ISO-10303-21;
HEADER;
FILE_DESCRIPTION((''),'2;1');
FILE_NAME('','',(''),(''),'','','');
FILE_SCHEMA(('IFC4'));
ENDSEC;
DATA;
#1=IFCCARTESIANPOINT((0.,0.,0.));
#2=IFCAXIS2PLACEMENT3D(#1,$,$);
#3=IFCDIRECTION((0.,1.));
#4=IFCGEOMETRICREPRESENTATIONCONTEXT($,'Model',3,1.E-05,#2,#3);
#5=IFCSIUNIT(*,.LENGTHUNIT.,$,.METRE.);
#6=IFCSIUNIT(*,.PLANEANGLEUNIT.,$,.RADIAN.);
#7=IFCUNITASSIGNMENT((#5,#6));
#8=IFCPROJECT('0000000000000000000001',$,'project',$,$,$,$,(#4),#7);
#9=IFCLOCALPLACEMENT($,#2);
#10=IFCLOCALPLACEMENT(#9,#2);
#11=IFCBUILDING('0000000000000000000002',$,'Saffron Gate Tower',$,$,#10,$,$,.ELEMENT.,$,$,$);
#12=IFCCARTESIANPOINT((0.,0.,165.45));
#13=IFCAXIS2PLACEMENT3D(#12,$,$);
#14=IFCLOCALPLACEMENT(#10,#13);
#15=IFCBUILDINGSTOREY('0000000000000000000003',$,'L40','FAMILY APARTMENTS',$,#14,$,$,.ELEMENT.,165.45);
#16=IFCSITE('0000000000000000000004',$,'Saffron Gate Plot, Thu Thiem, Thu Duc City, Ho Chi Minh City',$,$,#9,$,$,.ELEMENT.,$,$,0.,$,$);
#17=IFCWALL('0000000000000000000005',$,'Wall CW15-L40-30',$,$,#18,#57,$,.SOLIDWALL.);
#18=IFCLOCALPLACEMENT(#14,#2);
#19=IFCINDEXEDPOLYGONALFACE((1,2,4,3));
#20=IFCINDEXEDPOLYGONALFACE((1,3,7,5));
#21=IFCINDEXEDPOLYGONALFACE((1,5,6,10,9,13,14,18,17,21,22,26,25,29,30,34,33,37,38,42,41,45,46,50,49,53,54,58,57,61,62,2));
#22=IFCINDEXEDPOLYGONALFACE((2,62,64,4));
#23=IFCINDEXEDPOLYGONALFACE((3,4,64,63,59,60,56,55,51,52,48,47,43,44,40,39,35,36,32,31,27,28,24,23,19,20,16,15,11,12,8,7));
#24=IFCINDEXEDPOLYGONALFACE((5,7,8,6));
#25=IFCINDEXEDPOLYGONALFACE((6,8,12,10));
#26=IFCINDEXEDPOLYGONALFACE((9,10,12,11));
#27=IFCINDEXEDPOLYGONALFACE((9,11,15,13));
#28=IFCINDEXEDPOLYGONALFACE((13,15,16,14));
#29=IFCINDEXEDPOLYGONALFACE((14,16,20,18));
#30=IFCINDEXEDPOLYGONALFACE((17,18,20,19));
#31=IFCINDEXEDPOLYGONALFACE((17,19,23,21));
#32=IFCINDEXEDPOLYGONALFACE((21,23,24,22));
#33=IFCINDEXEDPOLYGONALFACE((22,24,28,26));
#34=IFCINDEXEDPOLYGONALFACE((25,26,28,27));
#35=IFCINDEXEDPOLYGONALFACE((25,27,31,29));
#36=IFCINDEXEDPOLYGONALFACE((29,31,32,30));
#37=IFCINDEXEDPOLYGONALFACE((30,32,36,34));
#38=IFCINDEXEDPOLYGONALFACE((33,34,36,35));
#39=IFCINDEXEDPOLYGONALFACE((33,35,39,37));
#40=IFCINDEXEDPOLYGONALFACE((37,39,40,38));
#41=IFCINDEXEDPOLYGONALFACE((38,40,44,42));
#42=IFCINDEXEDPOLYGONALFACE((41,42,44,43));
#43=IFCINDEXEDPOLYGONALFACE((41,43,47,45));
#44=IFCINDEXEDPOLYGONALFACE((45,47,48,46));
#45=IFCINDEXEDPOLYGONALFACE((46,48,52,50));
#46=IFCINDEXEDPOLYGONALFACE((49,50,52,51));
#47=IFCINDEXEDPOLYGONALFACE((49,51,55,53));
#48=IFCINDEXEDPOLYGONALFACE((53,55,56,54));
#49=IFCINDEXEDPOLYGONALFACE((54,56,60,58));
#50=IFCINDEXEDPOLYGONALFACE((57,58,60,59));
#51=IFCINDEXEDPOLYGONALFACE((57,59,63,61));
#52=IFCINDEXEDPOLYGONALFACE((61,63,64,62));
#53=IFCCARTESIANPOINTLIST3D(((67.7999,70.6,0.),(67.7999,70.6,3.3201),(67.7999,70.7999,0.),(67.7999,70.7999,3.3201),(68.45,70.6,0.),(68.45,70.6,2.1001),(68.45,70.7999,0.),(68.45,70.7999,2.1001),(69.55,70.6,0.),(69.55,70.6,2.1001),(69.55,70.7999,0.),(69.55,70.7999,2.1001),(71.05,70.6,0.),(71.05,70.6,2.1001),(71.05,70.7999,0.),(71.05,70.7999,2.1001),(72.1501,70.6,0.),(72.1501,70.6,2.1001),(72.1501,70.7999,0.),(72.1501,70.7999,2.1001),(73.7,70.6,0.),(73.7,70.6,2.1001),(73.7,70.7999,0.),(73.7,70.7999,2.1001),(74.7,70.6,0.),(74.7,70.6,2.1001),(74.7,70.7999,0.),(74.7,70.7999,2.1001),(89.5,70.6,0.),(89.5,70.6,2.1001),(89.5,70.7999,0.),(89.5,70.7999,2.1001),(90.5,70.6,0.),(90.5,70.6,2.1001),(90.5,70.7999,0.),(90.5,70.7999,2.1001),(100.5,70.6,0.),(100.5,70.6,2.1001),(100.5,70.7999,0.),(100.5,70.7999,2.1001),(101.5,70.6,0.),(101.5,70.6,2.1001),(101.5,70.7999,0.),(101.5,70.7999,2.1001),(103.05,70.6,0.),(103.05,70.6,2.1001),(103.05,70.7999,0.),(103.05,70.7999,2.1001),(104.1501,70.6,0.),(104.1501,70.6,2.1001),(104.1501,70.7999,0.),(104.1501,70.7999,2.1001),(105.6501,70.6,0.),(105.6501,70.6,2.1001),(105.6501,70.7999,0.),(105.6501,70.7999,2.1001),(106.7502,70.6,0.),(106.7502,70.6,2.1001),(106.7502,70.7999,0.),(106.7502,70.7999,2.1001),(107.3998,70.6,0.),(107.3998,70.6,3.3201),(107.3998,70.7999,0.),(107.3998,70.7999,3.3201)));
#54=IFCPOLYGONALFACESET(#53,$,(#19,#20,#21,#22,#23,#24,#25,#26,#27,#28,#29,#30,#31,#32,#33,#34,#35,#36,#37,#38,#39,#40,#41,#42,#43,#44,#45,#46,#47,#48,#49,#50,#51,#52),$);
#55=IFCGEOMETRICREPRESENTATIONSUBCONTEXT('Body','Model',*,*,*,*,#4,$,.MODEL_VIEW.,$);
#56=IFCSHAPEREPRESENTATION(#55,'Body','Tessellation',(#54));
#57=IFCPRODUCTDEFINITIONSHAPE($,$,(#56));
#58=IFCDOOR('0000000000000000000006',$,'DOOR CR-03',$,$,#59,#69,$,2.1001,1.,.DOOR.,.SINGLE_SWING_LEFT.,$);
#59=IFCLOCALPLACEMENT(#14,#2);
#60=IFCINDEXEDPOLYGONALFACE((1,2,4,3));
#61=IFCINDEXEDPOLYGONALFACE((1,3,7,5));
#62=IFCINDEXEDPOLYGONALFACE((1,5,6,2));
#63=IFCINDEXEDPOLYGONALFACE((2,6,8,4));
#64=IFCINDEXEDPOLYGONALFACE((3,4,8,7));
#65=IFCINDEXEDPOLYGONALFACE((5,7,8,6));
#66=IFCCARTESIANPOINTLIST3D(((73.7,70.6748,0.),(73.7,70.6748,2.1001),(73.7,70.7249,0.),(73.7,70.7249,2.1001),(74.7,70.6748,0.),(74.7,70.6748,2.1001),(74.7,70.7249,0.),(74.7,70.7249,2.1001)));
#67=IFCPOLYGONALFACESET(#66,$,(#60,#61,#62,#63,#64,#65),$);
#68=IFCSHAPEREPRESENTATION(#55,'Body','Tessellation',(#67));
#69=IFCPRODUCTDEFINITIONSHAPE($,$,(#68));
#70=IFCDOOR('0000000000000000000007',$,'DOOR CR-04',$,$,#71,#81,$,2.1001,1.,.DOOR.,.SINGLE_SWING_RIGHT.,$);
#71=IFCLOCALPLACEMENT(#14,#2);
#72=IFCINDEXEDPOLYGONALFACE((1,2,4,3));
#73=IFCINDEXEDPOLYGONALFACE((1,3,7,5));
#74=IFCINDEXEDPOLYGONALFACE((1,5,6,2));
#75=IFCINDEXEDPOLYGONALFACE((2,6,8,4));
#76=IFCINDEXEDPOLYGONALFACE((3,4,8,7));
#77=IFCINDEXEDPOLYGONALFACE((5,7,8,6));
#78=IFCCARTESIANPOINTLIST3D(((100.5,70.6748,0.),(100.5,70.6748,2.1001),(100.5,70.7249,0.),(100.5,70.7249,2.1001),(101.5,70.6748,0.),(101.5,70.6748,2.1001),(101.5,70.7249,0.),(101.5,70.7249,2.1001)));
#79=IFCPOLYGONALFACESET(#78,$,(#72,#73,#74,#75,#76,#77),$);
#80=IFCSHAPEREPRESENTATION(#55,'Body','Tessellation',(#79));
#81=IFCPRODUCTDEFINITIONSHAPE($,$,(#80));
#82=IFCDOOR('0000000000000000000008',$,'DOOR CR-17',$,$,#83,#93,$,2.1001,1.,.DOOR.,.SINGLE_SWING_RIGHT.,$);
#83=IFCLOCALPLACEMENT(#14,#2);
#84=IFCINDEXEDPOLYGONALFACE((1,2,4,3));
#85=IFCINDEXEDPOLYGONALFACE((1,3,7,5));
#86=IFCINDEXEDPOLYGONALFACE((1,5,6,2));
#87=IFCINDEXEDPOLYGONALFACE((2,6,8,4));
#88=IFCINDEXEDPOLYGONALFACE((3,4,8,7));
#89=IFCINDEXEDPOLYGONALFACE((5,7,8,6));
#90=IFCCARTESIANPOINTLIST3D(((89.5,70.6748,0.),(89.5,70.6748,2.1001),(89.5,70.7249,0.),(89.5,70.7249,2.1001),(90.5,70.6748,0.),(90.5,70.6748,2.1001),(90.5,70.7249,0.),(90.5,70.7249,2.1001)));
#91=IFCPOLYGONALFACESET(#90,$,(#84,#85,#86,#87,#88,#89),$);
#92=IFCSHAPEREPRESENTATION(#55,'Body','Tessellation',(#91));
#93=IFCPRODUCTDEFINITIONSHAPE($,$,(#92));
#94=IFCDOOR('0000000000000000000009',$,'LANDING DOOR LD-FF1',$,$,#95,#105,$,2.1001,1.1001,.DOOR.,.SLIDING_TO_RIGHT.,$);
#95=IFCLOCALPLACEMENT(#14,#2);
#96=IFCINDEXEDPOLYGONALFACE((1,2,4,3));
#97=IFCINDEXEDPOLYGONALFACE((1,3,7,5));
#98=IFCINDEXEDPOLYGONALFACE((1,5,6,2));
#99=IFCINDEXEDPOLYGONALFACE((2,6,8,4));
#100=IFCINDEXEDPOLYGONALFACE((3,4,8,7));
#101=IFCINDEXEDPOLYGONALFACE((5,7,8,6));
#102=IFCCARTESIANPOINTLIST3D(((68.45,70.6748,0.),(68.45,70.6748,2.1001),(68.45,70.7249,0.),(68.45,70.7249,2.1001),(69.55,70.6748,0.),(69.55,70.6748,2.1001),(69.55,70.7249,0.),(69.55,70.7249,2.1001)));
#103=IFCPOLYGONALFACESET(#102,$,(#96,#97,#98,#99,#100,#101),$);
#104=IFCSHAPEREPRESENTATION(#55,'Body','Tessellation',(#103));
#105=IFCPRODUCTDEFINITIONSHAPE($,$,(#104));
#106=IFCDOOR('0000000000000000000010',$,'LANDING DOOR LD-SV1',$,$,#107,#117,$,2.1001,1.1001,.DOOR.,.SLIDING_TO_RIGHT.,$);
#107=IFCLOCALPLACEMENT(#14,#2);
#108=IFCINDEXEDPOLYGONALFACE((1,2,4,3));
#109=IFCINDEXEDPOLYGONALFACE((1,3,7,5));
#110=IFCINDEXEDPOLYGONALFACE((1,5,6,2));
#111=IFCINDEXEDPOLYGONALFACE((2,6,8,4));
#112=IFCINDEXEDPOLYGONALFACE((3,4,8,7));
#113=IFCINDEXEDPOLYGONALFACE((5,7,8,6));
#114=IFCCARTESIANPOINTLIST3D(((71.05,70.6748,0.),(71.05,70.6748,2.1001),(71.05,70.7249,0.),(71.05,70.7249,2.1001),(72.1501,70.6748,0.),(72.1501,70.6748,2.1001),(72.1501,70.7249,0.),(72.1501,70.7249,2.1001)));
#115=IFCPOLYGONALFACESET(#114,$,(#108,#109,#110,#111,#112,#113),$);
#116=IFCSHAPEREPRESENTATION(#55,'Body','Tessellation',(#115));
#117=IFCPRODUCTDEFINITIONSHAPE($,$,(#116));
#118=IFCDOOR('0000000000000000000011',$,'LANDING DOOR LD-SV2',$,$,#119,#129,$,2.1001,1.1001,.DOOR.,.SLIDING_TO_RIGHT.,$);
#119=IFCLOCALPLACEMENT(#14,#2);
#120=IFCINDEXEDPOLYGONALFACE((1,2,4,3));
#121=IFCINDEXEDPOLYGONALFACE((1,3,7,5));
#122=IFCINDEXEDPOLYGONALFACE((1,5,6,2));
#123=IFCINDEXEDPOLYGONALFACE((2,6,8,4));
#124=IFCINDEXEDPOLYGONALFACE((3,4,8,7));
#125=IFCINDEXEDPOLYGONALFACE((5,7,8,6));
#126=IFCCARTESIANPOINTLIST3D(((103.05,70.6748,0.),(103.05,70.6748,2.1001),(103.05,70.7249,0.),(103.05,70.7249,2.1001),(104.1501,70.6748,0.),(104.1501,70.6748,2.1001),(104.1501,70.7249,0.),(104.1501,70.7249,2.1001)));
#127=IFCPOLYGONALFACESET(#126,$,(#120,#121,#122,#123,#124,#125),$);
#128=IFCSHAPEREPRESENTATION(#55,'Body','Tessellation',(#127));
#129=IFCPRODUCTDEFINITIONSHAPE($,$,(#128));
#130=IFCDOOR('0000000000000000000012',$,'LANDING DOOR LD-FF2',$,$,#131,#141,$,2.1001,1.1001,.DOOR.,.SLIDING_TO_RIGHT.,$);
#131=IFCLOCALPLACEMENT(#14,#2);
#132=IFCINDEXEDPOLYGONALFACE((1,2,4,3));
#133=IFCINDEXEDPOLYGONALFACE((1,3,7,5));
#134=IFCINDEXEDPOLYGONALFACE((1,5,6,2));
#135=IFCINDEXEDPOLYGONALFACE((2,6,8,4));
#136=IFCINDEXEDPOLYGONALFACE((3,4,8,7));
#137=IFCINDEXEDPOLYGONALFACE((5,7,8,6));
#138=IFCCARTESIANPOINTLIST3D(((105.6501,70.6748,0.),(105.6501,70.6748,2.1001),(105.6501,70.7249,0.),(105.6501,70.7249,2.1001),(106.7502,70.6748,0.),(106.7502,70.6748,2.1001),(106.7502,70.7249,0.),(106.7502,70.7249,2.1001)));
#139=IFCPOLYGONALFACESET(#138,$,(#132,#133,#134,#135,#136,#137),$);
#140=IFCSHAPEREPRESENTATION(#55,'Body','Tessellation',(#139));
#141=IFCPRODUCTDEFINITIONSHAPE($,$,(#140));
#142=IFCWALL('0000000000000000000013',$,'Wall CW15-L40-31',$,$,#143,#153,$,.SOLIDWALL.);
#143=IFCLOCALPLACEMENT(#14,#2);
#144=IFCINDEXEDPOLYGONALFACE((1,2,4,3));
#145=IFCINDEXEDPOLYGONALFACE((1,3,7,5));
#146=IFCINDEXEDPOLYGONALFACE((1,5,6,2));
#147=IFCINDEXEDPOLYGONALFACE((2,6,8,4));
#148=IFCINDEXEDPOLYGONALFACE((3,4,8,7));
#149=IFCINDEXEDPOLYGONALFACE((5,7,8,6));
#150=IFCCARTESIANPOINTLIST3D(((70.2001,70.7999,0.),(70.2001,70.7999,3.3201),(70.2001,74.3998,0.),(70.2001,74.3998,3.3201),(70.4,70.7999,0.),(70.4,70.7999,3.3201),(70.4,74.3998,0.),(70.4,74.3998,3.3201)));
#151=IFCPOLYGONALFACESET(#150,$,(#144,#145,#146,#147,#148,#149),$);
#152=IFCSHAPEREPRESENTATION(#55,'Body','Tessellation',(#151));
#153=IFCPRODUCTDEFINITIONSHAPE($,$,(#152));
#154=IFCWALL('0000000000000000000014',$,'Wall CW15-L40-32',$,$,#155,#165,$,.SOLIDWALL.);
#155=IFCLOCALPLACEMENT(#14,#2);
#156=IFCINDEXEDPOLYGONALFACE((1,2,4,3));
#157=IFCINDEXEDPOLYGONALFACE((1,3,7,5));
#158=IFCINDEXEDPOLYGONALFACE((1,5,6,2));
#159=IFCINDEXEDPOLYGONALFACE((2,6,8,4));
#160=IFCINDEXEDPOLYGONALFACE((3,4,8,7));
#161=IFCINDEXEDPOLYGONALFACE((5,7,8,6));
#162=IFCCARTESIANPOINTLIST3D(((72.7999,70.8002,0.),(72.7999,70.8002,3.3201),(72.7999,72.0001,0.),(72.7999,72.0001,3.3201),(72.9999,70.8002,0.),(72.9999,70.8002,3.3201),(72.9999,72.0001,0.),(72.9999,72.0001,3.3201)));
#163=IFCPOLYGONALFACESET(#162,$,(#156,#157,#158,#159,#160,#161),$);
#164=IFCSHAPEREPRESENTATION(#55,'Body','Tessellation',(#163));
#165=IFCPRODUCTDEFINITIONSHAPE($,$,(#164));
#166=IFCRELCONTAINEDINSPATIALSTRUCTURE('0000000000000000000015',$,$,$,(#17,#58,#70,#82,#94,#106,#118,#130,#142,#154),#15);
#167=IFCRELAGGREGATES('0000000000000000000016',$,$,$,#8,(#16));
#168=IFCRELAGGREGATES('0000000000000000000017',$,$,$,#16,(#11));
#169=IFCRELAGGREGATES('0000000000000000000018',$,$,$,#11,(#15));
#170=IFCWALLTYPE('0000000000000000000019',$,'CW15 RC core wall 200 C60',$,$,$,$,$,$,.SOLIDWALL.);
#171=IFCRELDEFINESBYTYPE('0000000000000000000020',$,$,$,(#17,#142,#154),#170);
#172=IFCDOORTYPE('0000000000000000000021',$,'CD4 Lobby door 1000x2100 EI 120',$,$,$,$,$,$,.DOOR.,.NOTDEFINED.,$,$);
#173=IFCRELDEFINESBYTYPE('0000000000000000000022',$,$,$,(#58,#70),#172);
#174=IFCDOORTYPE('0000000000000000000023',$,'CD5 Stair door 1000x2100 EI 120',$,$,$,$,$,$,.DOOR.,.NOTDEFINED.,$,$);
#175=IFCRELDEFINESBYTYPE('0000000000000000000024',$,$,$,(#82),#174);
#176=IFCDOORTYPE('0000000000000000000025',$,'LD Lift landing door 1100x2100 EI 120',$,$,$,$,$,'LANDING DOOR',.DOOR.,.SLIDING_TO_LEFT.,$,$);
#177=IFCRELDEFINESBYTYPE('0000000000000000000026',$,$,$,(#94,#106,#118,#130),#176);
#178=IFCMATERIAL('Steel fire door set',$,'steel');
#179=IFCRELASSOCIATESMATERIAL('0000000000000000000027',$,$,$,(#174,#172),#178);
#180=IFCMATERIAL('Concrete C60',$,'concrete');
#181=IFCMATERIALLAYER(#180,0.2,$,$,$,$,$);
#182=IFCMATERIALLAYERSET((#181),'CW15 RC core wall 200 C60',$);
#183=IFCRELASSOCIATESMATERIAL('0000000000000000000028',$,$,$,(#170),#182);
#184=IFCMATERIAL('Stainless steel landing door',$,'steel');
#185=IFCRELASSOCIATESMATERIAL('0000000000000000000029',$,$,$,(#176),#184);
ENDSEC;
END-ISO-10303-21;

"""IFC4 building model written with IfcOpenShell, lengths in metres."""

from ifc_helpers import new_model, si_unit, direction, frame, frame_2d, origin, place, context, subcontext, project, spatial, rectangle, extrude, material, layer, layer_set, type_object, element, fill, save


model = new_model("IFC4")

# Units and contexts
model_context = context("Model", 3, precision=1e-05, world=origin(), true_north=direction((0.0, 1.0)))
body_context = subcontext(model_context, "Body", "Model", "MODEL_VIEW")
ifc_project = project(units=[si_unit("LENGTHUNIT", "METRE"), si_unit("PLANEANGLEUNIT", "RADIAN")], contexts=[model_context])

# Site, building, storey
site_placement = place(None, origin())
site = spatial("IfcSite", under=ifc_project, at=site_placement, Name="Saffron Gate Plot, Thu Thiem, Thu Duc City, Ho Chi Minh City", CompositionType="ELEMENT", RefElevation=0.0)
building_placement = place(site_placement, origin())
building = spatial("IfcBuilding", under=site, at=building_placement, Name="Saffron Gate Tower", CompositionType="ELEMENT")
storey_placement = place(building_placement, frame((0.0, 0.0, 165.45)))
storey = spatial("IfcBuildingStorey", under=building, at=storey_placement, Name="L40", Description="FAMILY APARTMENTS", CompositionType="ELEMENT", Elevation=165.45)

# Wall, openings, doors
ifc_material_1 = material(Name="Concrete C60", Category="concrete")
ifc_material_2 = material(Name="Steel fire door set", Category="steel")
door_type_1 = type_object("IfcDoorType", Name="CD5 Stair door 1000x2100 EI 120", OperationType="NOTDEFINED", PredefinedType="DOOR", material=ifc_material_2)
ifc_layer_1 = layer(ifc_material_1, 0.2)
ifc_layer_set_1 = layer_set([ifc_layer_1], Name="CW15 RC core wall 200 C60")
wall_type_1 = type_object("IfcWallType", Name="CW15 RC core wall 200 C60", PredefinedType="SOLIDWALL", material=ifc_layer_set_1)
wall_1_placement = place(storey_placement, frame((67.8, 70.7, 0.0), z_axis=(0.0, 0.0, 1.0), x_axis=(1.0, 0.0, 0.0)))
wall_1 = element("IfcWall", 1, at=wall_1_placement, inside=storey, type_object=wall_type_1, Name="Wall CW15-L40-30", PredefinedType="SOLIDWALL", context=body_context, shape_type="SweptSolid", body=[
    extrude(rectangle(XDim=39.5999, YDim=0.2, at=frame_2d((19.7998, 0.0))), origin(), (0.0, 0.0, 1.0), 3.3201),
])
opening_1_placement = place(wall_1_placement, frame((0.6499, 0.0, 0.0)))
opening_1 = element("IfcOpeningElement", 2, at=opening_1_placement, cuts=wall_1, PredefinedType="OPENING", context=body_context, shape_type="SweptSolid", body=[
    extrude(rectangle(XDim=1.1001, YDim=2.1001, at=frame_2d((0.55, 1.05))), frame((0.0, 0.1099, 0.0), z_axis=(0.0, -1.0, 0.0), x_axis=(1.0, 0.0, 0.0)), (0.0, 0.0, 1.0), 0.22),
])
opening_2_placement = place(wall_1_placement, frame((3.25, 0.0, 0.0)))
opening_2 = element("IfcOpeningElement", 3, at=opening_2_placement, cuts=wall_1, PredefinedType="OPENING", context=body_context, shape_type="SweptSolid", body=[
    extrude(rectangle(XDim=1.1001, YDim=2.1001, at=frame_2d((0.55, 1.05))), frame((0.0, 0.1099, 0.0), z_axis=(0.0, -1.0, 0.0), x_axis=(1.0, 0.0, 0.0)), (0.0, 0.0, 1.0), 0.22),
])
opening_3_placement = place(wall_1_placement, frame((5.8999, 0.0, 0.0)))
opening_3 = element("IfcOpeningElement", 4, at=opening_3_placement, cuts=wall_1, PredefinedType="OPENING", context=body_context, shape_type="SweptSolid", body=[
    extrude(rectangle(XDim=1.0, YDim=2.1001, at=frame_2d((0.5, 1.05))), frame((0.0, 0.1099, 0.0), z_axis=(0.0, -1.0, 0.0), x_axis=(1.0, 0.0, 0.0)), (0.0, 0.0, 1.0), 0.22),
])
opening_4_placement = place(wall_1_placement, frame((21.7, 0.0, 0.0)))
opening_4 = element("IfcOpeningElement", 5, at=opening_4_placement, cuts=wall_1, PredefinedType="OPENING", context=body_context, shape_type="SweptSolid", body=[
    extrude(rectangle(XDim=1.0, YDim=2.1001, at=frame_2d((0.5, 1.05))), frame((0.0, 0.1099, 0.0), z_axis=(0.0, -1.0, 0.0), x_axis=(1.0, 0.0, 0.0)), (0.0, 0.0, 1.0), 0.22),
])
opening_5_placement = place(wall_1_placement, frame((32.7, 0.0, 0.0)))
opening_5 = element("IfcOpeningElement", 6, at=opening_5_placement, cuts=wall_1, PredefinedType="OPENING", context=body_context, shape_type="SweptSolid", body=[
    extrude(rectangle(XDim=1.0, YDim=2.1001, at=frame_2d((0.5, 1.05))), frame((0.0, 0.1099, 0.0), z_axis=(0.0, -1.0, 0.0), x_axis=(1.0, 0.0, 0.0)), (0.0, 0.0, 1.0), 0.22),
])
opening_6_placement = place(wall_1_placement, frame((35.25, 0.0, 0.0)))
opening_6 = element("IfcOpeningElement", 7, at=opening_6_placement, cuts=wall_1, PredefinedType="OPENING", context=body_context, shape_type="SweptSolid", body=[
    extrude(rectangle(XDim=1.1001, YDim=2.1001, at=frame_2d((0.55, 1.05))), frame((0.0, 0.1099, 0.0), z_axis=(0.0, -1.0, 0.0), x_axis=(1.0, 0.0, 0.0)), (0.0, 0.0, 1.0), 0.22),
])
opening_7_placement = place(wall_1_placement, frame((37.8501, 0.0, 0.0)))
opening_7 = element("IfcOpeningElement", 8, at=opening_7_placement, cuts=wall_1, PredefinedType="OPENING", context=body_context, shape_type="SweptSolid", body=[
    extrude(rectangle(XDim=1.1001, YDim=2.1001, at=frame_2d((0.55, 1.05))), frame((0.0, 0.1099, 0.0), z_axis=(0.0, -1.0, 0.0), x_axis=(1.0, 0.0, 0.0)), (0.0, 0.0, 1.0), 0.22),
])
door_type_2 = type_object("IfcDoorType", Name="CD4 Lobby door 1000x2100 EI 120", OperationType="NOTDEFINED", PredefinedType="DOOR", material=ifc_material_2)
door_1_placement = place(opening_3_placement, origin())
door_1 = element("IfcDoor", 9, at=door_1_placement, inside=storey, type_object=door_type_2, Name="DOOR CR-03", OperationType="SINGLE_SWING_LEFT", OverallHeight=2.1001, OverallWidth=1.0, PredefinedType="DOOR", context=body_context, shape_type="SweptSolid", body=[
    extrude(rectangle(XDim=1.0, YDim=2.1001, at=frame_2d((0.5, 1.05))), frame((0.0, 0.0249, 0.0), z_axis=(0.0, -1.0, 0.0), x_axis=(1.0, 0.0, 0.0)), (0.0, 0.0, 1.0), 0.05),
])
fill(opening_3, door_1)
door_2_placement = place(opening_5_placement, origin())
door_2 = element("IfcDoor", 10, at=door_2_placement, inside=storey, type_object=door_type_2, Name="DOOR CR-04", OperationType="SINGLE_SWING_RIGHT", OverallHeight=2.1001, OverallWidth=1.0, PredefinedType="DOOR", context=body_context, shape_type="SweptSolid", body=[
    extrude(rectangle(XDim=1.0, YDim=2.1001, at=frame_2d((0.5, 1.05))), frame((0.0, 0.0249, 0.0), z_axis=(0.0, -1.0, 0.0), x_axis=(1.0, 0.0, 0.0)), (0.0, 0.0, 1.0), 0.05),
])
fill(opening_5, door_2)
door_3_placement = place(opening_4_placement, origin())
door_3 = element("IfcDoor", 11, at=door_3_placement, inside=storey, type_object=door_type_1, Name="DOOR CR-17", OperationType="SINGLE_SWING_RIGHT", OverallHeight=2.1001, OverallWidth=1.0, PredefinedType="DOOR", context=body_context, shape_type="SweptSolid", body=[
    extrude(rectangle(XDim=1.0, YDim=2.1001, at=frame_2d((0.5, 1.05))), frame((0.0, 0.0249, 0.0), z_axis=(0.0, -1.0, 0.0), x_axis=(1.0, 0.0, 0.0)), (0.0, 0.0, 1.0), 0.05),
])
fill(opening_4, door_3)
ifc_material_3 = material(Name="Stainless steel landing door", Category="steel")
door_type_3 = type_object("IfcDoorType", Name="LD Lift landing door 1100x2100 EI 120", ElementType="LANDING DOOR", OperationType="SLIDING_TO_LEFT", PredefinedType="DOOR", material=ifc_material_3)
door_4_placement = place(opening_1_placement, origin())
door_4 = element("IfcDoor", 12, at=door_4_placement, inside=storey, type_object=door_type_3, Name="LANDING DOOR LD-FF1", OperationType="SLIDING_TO_RIGHT", OverallHeight=2.1001, OverallWidth=1.1001, PredefinedType="DOOR", context=body_context, shape_type="SweptSolid", body=[
    extrude(rectangle(XDim=1.1001, YDim=2.1001, at=frame_2d((0.55, 1.05))), frame((0.0, 0.0249, 0.0), z_axis=(0.0, -1.0, 0.0), x_axis=(1.0, 0.0, 0.0)), (0.0, 0.0, 1.0), 0.05),
])
fill(opening_1, door_4)
door_5_placement = place(opening_2_placement, origin())
door_5 = element("IfcDoor", 13, at=door_5_placement, inside=storey, type_object=door_type_3, Name="LANDING DOOR LD-SV1", OperationType="SLIDING_TO_RIGHT", OverallHeight=2.1001, OverallWidth=1.1001, PredefinedType="DOOR", context=body_context, shape_type="SweptSolid", body=[
    extrude(rectangle(XDim=1.1001, YDim=2.1001, at=frame_2d((0.55, 1.05))), frame((0.0, 0.0249, 0.0), z_axis=(0.0, -1.0, 0.0), x_axis=(1.0, 0.0, 0.0)), (0.0, 0.0, 1.0), 0.05),
])
fill(opening_2, door_5)
door_6_placement = place(opening_6_placement, origin())
door_6 = element("IfcDoor", 14, at=door_6_placement, inside=storey, type_object=door_type_3, Name="LANDING DOOR LD-SV2", OperationType="SLIDING_TO_RIGHT", OverallHeight=2.1001, OverallWidth=1.1001, PredefinedType="DOOR", context=body_context, shape_type="SweptSolid", body=[
    extrude(rectangle(XDim=1.1001, YDim=2.1001, at=frame_2d((0.55, 1.05))), frame((0.0, 0.0249, 0.0), z_axis=(0.0, -1.0, 0.0), x_axis=(1.0, 0.0, 0.0)), (0.0, 0.0, 1.0), 0.05),
])
fill(opening_6, door_6)
door_7_placement = place(opening_7_placement, origin())
door_7 = element("IfcDoor", 15, at=door_7_placement, inside=storey, type_object=door_type_3, Name="LANDING DOOR LD-FF2", OperationType="SLIDING_TO_RIGHT", OverallHeight=2.1001, OverallWidth=1.1001, PredefinedType="DOOR", context=body_context, shape_type="SweptSolid", body=[
    extrude(rectangle(XDim=1.1001, YDim=2.1001, at=frame_2d((0.55, 1.05))), frame((0.0, 0.0249, 0.0), z_axis=(0.0, -1.0, 0.0), x_axis=(1.0, 0.0, 0.0)), (0.0, 0.0, 1.0), 0.05),
])
fill(opening_7, door_7)

# Walls
wall_2_placement = place(storey_placement, frame((70.3, 70.8, 0.0), z_axis=(0.0, 0.0, 1.0), x_axis=(0.0, 1.0, 0.0)))
element("IfcWall", 16, at=wall_2_placement, inside=storey, type_object=wall_type_1, Name="Wall CW15-L40-31", PredefinedType="SOLIDWALL", context=body_context, shape_type="SweptSolid", body=[
    extrude(rectangle(XDim=3.5999, YDim=0.2, at=frame_2d((1.7998, 0.0))), origin(), (0.0, 0.0, 1.0), 3.3201),
])
wall_3_placement = place(storey_placement, frame((72.8999, 70.8, 0.0), z_axis=(0.0, 0.0, 1.0), x_axis=(0.0, 1.0, 0.0)))
element("IfcWall", 17, at=wall_3_placement, inside=storey, type_object=wall_type_1, Name="Wall CW15-L40-32", PredefinedType="SOLIDWALL", context=body_context, shape_type="SweptSolid", body=[
    extrude(rectangle(XDim=1.2, YDim=0.2, at=frame_2d((0.6001, 0.0))), origin(), (0.0, 0.0, 1.0), 3.3201),
])

save(model, "model.ifc")
